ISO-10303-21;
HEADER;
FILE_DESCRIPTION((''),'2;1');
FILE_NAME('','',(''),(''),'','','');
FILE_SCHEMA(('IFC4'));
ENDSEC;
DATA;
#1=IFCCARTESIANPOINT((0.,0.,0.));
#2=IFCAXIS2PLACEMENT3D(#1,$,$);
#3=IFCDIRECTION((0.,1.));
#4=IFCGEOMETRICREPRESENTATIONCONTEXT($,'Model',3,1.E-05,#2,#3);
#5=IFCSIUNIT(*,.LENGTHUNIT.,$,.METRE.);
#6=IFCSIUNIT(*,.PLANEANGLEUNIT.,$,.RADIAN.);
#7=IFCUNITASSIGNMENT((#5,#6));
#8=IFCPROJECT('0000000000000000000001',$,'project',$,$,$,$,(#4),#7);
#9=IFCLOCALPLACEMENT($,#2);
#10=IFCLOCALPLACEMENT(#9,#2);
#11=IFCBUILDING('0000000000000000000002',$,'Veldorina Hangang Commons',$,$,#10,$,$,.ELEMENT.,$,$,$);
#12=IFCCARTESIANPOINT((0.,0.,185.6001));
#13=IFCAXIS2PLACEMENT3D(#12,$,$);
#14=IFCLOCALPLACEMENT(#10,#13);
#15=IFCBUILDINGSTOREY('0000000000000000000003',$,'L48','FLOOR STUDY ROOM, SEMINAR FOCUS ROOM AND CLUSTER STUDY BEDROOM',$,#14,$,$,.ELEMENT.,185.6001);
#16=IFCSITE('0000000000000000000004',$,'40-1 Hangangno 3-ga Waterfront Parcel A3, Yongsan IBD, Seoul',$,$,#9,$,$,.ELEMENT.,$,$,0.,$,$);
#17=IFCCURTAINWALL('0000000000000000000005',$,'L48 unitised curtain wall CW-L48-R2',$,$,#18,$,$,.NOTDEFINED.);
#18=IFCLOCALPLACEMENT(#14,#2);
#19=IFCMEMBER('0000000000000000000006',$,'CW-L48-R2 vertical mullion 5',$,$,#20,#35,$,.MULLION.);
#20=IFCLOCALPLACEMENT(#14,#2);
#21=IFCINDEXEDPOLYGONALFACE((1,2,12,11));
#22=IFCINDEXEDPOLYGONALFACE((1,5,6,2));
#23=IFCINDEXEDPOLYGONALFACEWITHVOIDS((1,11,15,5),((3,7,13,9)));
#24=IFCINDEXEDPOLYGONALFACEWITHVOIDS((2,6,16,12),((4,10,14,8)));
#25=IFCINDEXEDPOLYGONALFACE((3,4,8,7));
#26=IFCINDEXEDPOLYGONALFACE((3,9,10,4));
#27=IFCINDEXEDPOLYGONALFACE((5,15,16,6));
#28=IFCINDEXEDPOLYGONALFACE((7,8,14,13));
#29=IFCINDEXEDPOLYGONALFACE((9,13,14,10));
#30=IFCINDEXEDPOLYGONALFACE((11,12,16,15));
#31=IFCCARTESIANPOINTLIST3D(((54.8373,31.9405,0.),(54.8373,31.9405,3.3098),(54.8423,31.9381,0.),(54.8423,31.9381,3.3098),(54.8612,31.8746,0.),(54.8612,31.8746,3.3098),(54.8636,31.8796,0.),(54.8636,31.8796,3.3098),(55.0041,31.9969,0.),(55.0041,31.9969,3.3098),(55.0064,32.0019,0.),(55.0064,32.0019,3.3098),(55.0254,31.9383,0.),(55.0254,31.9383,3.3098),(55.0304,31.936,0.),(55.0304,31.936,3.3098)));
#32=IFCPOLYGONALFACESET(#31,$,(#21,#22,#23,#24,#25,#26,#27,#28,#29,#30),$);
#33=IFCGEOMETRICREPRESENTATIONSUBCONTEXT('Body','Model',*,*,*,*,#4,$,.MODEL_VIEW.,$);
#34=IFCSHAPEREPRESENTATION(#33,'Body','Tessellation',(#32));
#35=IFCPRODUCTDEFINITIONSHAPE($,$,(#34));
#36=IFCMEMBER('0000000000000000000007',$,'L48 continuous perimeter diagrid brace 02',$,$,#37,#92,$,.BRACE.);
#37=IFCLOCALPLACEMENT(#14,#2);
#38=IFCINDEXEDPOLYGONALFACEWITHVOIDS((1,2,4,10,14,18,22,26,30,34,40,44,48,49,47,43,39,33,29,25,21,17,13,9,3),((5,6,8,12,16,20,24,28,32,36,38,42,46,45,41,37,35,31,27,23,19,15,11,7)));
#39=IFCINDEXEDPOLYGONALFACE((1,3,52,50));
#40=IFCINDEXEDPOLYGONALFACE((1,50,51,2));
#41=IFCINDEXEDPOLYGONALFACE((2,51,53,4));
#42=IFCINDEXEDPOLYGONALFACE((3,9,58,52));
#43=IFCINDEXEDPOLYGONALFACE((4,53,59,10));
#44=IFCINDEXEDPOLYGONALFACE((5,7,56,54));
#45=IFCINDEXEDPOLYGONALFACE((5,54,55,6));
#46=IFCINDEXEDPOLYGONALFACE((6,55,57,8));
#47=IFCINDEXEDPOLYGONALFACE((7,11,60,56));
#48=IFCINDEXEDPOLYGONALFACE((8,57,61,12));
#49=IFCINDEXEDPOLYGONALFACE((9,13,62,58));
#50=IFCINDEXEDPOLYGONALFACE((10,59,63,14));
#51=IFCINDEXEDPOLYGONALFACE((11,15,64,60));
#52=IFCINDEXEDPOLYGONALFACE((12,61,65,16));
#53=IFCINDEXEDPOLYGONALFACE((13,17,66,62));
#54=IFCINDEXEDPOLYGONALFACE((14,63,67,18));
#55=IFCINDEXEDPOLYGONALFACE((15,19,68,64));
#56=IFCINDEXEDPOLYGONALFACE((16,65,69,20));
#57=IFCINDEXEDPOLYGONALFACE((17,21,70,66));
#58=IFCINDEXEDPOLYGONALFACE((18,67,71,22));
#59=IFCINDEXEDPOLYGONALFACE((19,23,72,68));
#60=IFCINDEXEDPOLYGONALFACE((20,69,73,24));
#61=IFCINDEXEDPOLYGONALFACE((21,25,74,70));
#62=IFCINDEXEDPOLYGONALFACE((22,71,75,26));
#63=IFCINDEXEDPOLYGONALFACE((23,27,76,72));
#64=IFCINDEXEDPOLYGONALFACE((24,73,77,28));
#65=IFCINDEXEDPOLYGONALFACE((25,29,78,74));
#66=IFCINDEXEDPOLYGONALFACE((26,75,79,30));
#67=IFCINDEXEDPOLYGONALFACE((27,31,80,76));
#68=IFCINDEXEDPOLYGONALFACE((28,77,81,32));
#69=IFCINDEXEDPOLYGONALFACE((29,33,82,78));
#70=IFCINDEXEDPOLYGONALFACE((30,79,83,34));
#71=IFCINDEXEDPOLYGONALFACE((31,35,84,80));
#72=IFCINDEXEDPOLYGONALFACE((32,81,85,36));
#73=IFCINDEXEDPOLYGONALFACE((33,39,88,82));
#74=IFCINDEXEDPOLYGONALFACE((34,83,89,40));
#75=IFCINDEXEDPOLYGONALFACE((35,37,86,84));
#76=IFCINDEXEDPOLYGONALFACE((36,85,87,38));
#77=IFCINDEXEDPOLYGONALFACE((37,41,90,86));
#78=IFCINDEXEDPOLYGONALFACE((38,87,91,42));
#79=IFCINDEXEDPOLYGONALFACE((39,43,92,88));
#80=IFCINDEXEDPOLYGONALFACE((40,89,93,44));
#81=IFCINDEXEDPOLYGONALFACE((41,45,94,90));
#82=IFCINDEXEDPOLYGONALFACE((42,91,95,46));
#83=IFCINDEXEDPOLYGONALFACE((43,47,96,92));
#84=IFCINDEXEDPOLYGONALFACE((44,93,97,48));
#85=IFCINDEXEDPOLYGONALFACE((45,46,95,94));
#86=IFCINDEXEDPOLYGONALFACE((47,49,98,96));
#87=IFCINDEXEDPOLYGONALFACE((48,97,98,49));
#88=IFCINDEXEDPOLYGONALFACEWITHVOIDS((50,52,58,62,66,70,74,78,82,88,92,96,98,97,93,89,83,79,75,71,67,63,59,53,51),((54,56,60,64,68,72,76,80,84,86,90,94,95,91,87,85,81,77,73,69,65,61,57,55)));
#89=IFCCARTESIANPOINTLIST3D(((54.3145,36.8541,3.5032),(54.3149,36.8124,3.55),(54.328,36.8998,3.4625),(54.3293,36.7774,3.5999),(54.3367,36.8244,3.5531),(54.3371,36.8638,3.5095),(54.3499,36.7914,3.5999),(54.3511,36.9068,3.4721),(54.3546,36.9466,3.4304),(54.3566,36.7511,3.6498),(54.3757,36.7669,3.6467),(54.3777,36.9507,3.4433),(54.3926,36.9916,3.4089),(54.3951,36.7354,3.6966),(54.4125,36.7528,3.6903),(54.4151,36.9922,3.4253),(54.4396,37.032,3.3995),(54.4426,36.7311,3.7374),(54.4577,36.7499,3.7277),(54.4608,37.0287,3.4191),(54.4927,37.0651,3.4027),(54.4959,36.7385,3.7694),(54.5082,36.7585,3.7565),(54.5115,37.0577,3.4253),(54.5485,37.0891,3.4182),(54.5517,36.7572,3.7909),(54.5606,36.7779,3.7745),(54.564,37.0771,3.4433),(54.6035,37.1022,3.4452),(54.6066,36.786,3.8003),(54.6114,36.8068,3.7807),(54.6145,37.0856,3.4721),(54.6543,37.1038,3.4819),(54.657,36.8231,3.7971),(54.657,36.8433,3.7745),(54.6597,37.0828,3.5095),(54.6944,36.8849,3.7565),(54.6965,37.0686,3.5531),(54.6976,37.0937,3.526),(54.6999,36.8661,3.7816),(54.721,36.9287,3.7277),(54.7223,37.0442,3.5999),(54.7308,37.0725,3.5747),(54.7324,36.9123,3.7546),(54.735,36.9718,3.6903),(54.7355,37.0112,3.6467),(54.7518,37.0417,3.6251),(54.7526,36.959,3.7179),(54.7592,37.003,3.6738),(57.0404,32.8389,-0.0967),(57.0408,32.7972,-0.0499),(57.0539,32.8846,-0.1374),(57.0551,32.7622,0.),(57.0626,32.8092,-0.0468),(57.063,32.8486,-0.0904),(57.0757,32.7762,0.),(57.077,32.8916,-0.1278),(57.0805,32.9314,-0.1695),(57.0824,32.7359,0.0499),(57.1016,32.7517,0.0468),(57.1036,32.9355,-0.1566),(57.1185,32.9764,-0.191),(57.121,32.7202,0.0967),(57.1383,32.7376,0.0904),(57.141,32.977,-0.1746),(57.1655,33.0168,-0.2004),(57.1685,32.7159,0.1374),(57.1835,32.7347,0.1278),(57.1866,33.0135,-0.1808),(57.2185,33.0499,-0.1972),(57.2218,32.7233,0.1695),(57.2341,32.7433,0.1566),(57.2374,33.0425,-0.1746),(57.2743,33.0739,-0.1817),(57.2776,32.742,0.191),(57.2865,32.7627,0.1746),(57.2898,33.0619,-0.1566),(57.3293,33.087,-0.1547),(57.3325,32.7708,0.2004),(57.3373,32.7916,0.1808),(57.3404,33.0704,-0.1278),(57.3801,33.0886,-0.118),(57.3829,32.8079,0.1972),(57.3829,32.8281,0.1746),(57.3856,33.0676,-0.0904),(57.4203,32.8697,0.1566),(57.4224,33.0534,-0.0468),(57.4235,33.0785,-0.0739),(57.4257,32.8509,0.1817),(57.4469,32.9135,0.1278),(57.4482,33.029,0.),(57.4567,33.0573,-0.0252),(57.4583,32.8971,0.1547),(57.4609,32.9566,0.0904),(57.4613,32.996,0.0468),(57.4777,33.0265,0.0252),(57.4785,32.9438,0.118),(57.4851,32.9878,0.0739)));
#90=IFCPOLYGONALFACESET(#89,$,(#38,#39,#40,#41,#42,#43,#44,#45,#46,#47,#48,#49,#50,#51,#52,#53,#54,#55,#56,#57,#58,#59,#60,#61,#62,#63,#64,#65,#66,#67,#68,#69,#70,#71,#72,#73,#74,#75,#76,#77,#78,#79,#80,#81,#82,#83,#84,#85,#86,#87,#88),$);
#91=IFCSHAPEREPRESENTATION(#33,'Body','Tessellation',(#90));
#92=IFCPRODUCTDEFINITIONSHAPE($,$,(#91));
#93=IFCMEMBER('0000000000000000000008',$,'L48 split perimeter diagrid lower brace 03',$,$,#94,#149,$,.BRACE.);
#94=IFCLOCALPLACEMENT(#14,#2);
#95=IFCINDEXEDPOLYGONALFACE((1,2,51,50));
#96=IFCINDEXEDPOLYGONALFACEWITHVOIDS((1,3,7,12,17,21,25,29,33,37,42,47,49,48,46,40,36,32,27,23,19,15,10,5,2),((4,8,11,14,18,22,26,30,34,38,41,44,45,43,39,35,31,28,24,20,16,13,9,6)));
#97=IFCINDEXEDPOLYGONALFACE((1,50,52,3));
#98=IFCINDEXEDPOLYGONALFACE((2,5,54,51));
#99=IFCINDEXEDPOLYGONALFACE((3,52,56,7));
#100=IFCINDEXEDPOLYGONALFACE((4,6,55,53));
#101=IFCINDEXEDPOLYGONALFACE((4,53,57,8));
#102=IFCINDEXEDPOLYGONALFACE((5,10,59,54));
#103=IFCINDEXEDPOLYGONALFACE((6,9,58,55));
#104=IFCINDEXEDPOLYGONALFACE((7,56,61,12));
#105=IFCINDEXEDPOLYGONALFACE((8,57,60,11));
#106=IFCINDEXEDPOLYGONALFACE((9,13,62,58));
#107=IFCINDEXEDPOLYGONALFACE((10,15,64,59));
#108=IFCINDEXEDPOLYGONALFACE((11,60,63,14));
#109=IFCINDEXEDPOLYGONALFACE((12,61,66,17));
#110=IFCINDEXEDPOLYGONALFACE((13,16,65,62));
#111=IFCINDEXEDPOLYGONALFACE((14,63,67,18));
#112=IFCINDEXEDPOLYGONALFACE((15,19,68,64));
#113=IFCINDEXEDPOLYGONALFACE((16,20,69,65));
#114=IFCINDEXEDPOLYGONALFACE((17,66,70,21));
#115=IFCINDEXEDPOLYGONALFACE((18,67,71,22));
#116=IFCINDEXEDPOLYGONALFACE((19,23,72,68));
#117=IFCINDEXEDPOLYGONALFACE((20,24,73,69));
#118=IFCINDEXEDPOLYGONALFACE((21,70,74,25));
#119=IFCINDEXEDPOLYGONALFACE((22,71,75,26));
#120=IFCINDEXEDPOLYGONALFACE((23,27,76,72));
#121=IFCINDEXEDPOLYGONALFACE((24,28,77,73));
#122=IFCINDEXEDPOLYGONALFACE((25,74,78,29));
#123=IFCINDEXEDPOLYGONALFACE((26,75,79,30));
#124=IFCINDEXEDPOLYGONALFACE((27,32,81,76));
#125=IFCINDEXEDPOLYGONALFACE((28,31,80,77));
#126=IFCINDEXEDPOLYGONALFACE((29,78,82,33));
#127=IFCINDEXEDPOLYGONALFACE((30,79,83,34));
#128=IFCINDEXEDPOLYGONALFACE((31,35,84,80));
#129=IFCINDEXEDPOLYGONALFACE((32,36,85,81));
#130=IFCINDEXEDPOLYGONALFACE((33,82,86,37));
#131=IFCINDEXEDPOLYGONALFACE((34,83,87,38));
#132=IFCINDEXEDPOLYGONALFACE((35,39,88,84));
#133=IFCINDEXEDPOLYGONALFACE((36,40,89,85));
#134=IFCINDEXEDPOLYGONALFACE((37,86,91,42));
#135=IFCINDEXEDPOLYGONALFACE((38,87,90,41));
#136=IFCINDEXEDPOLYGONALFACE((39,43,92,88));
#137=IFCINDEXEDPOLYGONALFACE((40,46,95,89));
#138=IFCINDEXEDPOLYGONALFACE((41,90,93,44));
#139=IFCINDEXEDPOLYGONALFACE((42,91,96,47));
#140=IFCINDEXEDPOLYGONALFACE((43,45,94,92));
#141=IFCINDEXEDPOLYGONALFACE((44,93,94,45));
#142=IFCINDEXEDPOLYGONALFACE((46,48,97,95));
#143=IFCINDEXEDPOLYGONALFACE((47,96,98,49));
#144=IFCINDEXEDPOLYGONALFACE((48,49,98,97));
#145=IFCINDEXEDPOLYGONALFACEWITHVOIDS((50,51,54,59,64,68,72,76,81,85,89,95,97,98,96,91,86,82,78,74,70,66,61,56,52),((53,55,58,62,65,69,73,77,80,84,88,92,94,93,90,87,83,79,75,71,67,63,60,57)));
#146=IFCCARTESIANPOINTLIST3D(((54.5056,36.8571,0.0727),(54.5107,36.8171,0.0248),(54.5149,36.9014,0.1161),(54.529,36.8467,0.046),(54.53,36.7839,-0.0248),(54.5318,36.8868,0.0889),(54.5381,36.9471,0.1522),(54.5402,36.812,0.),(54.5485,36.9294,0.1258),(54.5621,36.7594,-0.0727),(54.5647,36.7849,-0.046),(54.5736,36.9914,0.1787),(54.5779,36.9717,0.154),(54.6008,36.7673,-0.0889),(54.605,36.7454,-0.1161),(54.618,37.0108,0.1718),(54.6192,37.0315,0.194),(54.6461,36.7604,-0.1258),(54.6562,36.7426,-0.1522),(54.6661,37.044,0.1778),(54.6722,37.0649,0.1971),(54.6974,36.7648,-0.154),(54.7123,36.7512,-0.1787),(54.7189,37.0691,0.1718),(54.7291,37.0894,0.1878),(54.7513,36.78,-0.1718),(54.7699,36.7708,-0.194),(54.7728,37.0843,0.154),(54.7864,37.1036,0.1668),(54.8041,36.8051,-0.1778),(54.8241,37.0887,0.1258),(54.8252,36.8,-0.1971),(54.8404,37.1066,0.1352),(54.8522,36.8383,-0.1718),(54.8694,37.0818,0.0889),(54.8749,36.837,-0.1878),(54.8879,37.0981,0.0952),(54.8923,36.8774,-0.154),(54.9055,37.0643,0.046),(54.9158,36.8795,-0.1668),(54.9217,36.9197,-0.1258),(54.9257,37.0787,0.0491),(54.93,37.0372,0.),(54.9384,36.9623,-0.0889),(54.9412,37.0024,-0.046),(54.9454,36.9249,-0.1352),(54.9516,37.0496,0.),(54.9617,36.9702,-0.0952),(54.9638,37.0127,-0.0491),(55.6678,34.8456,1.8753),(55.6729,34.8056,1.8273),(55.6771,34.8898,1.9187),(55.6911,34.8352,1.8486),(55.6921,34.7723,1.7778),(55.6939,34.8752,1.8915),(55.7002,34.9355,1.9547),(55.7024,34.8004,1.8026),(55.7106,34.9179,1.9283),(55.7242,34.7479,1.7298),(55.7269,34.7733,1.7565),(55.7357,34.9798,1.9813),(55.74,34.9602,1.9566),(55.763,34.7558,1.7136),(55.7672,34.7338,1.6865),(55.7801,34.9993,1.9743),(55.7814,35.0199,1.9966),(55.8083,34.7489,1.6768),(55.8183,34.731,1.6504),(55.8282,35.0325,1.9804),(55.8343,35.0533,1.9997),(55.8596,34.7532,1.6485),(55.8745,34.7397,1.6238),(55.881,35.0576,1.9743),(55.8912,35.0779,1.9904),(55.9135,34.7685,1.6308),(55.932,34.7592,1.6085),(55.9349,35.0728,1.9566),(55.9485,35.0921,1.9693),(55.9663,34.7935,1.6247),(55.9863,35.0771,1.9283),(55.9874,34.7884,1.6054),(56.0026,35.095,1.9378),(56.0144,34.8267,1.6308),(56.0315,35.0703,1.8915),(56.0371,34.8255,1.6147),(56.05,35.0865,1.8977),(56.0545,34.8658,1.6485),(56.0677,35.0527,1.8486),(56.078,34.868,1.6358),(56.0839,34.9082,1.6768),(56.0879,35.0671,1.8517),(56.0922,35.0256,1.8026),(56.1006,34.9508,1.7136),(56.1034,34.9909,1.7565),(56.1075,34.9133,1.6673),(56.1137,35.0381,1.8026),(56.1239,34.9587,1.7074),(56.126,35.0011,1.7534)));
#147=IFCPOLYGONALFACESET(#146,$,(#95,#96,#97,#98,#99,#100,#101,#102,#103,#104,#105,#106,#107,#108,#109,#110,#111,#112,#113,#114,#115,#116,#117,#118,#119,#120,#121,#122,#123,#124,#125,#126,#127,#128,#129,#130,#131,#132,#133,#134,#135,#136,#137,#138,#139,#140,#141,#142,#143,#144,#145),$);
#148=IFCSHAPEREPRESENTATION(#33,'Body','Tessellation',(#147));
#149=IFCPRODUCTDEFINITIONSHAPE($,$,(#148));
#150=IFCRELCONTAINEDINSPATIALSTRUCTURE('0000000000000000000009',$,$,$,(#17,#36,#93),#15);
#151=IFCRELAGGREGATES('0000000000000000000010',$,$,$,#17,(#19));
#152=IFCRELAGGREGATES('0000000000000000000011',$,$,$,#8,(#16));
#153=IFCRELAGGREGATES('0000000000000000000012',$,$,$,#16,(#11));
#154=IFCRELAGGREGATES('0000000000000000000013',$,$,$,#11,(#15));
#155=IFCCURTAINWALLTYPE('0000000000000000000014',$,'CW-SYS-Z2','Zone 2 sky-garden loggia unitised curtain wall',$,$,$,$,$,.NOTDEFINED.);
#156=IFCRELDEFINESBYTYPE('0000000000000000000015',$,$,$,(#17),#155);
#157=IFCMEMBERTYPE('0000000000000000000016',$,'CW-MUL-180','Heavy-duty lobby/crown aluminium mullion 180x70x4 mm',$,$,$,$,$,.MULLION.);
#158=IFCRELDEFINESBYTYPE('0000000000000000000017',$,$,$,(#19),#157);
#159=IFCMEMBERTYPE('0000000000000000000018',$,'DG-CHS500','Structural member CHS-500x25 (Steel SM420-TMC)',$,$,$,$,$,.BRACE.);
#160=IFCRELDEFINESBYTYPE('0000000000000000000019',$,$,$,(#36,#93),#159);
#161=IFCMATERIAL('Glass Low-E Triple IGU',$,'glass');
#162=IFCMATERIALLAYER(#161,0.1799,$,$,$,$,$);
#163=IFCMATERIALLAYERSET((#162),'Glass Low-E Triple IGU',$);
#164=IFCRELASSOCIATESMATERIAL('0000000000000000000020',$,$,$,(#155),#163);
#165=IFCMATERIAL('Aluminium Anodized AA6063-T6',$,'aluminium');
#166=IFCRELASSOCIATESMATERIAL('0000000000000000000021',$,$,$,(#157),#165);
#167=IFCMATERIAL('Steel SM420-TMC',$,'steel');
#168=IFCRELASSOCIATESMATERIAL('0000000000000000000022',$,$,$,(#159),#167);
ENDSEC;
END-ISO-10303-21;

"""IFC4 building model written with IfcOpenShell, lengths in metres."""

from ifc_helpers import new_model, si_unit, direction, frame, origin, origin_2d, place, context, subcontext, project, spatial, hollow_rectangle, hollow_circle, extrude, material, layer, layer_set, material_profile, profile_set, type_object, element, aggregate, save


model = new_model("IFC4")

# Units and contexts
model_context = context("Model", 3, precision=1e-05, world=origin(), true_north=direction((0.0, 1.0)))
body_context = subcontext(model_context, "Body", "Model", "MODEL_VIEW")
ifc_project = project(units=[si_unit("LENGTHUNIT", "METRE"), si_unit("PLANEANGLEUNIT", "RADIAN")], contexts=[model_context])

# Site, building, storey
site_placement = place(None, origin())
site = spatial("IfcSite", under=ifc_project, at=site_placement, Name="40-1 Hangangno 3-ga Waterfront Parcel A3, Yongsan IBD, Seoul", CompositionType="ELEMENT", RefElevation=0.0)
building_placement = place(site_placement, origin())
building = spatial("IfcBuilding", under=site, at=building_placement, Name="Veldorina Hangang Commons", CompositionType="ELEMENT")
storey_placement = place(building_placement, frame((0.0, 0.0, 185.6001)))
storey = spatial("IfcBuildingStorey", under=building, at=storey_placement, Name="L48", Description="FLOOR STUDY ROOM, SEMINAR FOCUS ROOM AND CLUSTER STUDY BEDROOM", CompositionType="ELEMENT", Elevation=185.6001)

# Shared definitions
ifc_material_1 = material(Name="Steel SM420-TMC", Category="steel")

# Curtain wall, member
ifc_material_2 = material(Name="Glass Low-E Triple IGU", Category="glass")
ifc_layer_1 = layer(ifc_material_2, 0.1799)
ifc_layer_set_1 = layer_set([ifc_layer_1], Name="Glass Low-E Triple IGU")
curtain_wall_type = type_object("IfcCurtainWallType", Name="CW-SYS-Z2", Description="Zone 2 sky-garden loggia unitised curtain wall", PredefinedType="NOTDEFINED", material=ifc_layer_set_1)
curtain_wall_placement = place(storey_placement, origin())
curtain_wall = element("IfcCurtainWall", 1, at=curtain_wall_placement, inside=storey, type_object=curtain_wall_type, Name="L48 unitised curtain wall CW-L48-R2", PredefinedType="NOTDEFINED")
ifc_material_3 = material(Name="Aluminium Anodized AA6063-T6", Category="aluminium")
ifc_material_profile_1 = material_profile(ifc_material_3, hollow_rectangle(XDim=0.0701, YDim=0.1799, WallThickness=0.0039, at=origin_2d()), Name="ALU-RHS-180x70x4")
ifc_profile_set_1 = profile_set([ifc_material_profile_1], Name="Aluminium Anodized AA6063-T6")
member_type_1 = type_object("IfcMemberType", Name="CW-MUL-180", Description="Heavy-duty lobby/crown aluminium mullion 180x70x4 mm", PredefinedType="MULLION", material=ifc_profile_set_1)
member_1_placement = place(storey_placement, frame((54.9338, 31.9382, 0.0), z_axis=(0.0, 0.0, 1.0), x_axis=(0.341233, -0.939979, 0.0)))
member_1 = element("IfcMember", 2, at=member_1_placement, type_object=member_type_1, Name="CW-L48-R2 vertical mullion 5", PredefinedType="MULLION", context=body_context, shape_type="SweptSolid", body=[
    extrude(hollow_rectangle(XDim=0.0701, YDim=0.1799, WallThickness=0.0039, at=origin_2d()), origin(), (0.0, 0.0, 1.0), 3.3098),
])
aggregate(curtain_wall, [member_1])

# Members
ifc_material_profile_2 = material_profile(ifc_material_1, hollow_circle(Radius=0.25, WallThickness=0.0249, at=origin_2d()), Name="CHS-500x25")
ifc_profile_set_2 = profile_set([ifc_material_profile_2], Name="Steel SM420-TMC")
member_type_2 = type_object("IfcMemberType", Name="DG-CHS500", Description="Structural member CHS-500x25 (Steel SM420-TMC)", PredefinedType="BRACE", material=ifc_profile_set_2)
member_2_placement = place(storey_placement, frame((57.262, 32.9026, 0.0), z_axis=(-0.451118, 0.664495, 0.595767), x_axis=(-0.827354, -0.561681, 0.0)))
element("IfcMember", 3, at=member_2_placement, inside=storey, type_object=member_type_2, Name="L48 continuous perimeter diagrid brace 02", PredefinedType="BRACE", context=body_context, shape_type="SweptSolid", body=[
    extrude(hollow_circle(Radius=0.25, WallThickness=0.0249, at=origin_2d()), origin(), (0.0, 0.0, 1.0), 6.0425),
])
member_3_placement = place(storey_placement, frame((54.7351, 36.9246, 0.0), z_axis=(0.395232, -0.6841, 0.613025), x_axis=(0.865879, 0.500253, 0.0)))
element("IfcMember", 4, at=member_3_placement, inside=storey, type_object=member_type_2, Name="L48 split perimeter diagrid lower brace 03", PredefinedType="BRACE", context=body_context, shape_type="SweptSolid", body=[
    extrude(hollow_circle(Radius=0.25, WallThickness=0.0249, at=origin_2d()), origin(), (0.0, 0.0, 1.0), 2.9404),
])

save(model, "model.ifc")
